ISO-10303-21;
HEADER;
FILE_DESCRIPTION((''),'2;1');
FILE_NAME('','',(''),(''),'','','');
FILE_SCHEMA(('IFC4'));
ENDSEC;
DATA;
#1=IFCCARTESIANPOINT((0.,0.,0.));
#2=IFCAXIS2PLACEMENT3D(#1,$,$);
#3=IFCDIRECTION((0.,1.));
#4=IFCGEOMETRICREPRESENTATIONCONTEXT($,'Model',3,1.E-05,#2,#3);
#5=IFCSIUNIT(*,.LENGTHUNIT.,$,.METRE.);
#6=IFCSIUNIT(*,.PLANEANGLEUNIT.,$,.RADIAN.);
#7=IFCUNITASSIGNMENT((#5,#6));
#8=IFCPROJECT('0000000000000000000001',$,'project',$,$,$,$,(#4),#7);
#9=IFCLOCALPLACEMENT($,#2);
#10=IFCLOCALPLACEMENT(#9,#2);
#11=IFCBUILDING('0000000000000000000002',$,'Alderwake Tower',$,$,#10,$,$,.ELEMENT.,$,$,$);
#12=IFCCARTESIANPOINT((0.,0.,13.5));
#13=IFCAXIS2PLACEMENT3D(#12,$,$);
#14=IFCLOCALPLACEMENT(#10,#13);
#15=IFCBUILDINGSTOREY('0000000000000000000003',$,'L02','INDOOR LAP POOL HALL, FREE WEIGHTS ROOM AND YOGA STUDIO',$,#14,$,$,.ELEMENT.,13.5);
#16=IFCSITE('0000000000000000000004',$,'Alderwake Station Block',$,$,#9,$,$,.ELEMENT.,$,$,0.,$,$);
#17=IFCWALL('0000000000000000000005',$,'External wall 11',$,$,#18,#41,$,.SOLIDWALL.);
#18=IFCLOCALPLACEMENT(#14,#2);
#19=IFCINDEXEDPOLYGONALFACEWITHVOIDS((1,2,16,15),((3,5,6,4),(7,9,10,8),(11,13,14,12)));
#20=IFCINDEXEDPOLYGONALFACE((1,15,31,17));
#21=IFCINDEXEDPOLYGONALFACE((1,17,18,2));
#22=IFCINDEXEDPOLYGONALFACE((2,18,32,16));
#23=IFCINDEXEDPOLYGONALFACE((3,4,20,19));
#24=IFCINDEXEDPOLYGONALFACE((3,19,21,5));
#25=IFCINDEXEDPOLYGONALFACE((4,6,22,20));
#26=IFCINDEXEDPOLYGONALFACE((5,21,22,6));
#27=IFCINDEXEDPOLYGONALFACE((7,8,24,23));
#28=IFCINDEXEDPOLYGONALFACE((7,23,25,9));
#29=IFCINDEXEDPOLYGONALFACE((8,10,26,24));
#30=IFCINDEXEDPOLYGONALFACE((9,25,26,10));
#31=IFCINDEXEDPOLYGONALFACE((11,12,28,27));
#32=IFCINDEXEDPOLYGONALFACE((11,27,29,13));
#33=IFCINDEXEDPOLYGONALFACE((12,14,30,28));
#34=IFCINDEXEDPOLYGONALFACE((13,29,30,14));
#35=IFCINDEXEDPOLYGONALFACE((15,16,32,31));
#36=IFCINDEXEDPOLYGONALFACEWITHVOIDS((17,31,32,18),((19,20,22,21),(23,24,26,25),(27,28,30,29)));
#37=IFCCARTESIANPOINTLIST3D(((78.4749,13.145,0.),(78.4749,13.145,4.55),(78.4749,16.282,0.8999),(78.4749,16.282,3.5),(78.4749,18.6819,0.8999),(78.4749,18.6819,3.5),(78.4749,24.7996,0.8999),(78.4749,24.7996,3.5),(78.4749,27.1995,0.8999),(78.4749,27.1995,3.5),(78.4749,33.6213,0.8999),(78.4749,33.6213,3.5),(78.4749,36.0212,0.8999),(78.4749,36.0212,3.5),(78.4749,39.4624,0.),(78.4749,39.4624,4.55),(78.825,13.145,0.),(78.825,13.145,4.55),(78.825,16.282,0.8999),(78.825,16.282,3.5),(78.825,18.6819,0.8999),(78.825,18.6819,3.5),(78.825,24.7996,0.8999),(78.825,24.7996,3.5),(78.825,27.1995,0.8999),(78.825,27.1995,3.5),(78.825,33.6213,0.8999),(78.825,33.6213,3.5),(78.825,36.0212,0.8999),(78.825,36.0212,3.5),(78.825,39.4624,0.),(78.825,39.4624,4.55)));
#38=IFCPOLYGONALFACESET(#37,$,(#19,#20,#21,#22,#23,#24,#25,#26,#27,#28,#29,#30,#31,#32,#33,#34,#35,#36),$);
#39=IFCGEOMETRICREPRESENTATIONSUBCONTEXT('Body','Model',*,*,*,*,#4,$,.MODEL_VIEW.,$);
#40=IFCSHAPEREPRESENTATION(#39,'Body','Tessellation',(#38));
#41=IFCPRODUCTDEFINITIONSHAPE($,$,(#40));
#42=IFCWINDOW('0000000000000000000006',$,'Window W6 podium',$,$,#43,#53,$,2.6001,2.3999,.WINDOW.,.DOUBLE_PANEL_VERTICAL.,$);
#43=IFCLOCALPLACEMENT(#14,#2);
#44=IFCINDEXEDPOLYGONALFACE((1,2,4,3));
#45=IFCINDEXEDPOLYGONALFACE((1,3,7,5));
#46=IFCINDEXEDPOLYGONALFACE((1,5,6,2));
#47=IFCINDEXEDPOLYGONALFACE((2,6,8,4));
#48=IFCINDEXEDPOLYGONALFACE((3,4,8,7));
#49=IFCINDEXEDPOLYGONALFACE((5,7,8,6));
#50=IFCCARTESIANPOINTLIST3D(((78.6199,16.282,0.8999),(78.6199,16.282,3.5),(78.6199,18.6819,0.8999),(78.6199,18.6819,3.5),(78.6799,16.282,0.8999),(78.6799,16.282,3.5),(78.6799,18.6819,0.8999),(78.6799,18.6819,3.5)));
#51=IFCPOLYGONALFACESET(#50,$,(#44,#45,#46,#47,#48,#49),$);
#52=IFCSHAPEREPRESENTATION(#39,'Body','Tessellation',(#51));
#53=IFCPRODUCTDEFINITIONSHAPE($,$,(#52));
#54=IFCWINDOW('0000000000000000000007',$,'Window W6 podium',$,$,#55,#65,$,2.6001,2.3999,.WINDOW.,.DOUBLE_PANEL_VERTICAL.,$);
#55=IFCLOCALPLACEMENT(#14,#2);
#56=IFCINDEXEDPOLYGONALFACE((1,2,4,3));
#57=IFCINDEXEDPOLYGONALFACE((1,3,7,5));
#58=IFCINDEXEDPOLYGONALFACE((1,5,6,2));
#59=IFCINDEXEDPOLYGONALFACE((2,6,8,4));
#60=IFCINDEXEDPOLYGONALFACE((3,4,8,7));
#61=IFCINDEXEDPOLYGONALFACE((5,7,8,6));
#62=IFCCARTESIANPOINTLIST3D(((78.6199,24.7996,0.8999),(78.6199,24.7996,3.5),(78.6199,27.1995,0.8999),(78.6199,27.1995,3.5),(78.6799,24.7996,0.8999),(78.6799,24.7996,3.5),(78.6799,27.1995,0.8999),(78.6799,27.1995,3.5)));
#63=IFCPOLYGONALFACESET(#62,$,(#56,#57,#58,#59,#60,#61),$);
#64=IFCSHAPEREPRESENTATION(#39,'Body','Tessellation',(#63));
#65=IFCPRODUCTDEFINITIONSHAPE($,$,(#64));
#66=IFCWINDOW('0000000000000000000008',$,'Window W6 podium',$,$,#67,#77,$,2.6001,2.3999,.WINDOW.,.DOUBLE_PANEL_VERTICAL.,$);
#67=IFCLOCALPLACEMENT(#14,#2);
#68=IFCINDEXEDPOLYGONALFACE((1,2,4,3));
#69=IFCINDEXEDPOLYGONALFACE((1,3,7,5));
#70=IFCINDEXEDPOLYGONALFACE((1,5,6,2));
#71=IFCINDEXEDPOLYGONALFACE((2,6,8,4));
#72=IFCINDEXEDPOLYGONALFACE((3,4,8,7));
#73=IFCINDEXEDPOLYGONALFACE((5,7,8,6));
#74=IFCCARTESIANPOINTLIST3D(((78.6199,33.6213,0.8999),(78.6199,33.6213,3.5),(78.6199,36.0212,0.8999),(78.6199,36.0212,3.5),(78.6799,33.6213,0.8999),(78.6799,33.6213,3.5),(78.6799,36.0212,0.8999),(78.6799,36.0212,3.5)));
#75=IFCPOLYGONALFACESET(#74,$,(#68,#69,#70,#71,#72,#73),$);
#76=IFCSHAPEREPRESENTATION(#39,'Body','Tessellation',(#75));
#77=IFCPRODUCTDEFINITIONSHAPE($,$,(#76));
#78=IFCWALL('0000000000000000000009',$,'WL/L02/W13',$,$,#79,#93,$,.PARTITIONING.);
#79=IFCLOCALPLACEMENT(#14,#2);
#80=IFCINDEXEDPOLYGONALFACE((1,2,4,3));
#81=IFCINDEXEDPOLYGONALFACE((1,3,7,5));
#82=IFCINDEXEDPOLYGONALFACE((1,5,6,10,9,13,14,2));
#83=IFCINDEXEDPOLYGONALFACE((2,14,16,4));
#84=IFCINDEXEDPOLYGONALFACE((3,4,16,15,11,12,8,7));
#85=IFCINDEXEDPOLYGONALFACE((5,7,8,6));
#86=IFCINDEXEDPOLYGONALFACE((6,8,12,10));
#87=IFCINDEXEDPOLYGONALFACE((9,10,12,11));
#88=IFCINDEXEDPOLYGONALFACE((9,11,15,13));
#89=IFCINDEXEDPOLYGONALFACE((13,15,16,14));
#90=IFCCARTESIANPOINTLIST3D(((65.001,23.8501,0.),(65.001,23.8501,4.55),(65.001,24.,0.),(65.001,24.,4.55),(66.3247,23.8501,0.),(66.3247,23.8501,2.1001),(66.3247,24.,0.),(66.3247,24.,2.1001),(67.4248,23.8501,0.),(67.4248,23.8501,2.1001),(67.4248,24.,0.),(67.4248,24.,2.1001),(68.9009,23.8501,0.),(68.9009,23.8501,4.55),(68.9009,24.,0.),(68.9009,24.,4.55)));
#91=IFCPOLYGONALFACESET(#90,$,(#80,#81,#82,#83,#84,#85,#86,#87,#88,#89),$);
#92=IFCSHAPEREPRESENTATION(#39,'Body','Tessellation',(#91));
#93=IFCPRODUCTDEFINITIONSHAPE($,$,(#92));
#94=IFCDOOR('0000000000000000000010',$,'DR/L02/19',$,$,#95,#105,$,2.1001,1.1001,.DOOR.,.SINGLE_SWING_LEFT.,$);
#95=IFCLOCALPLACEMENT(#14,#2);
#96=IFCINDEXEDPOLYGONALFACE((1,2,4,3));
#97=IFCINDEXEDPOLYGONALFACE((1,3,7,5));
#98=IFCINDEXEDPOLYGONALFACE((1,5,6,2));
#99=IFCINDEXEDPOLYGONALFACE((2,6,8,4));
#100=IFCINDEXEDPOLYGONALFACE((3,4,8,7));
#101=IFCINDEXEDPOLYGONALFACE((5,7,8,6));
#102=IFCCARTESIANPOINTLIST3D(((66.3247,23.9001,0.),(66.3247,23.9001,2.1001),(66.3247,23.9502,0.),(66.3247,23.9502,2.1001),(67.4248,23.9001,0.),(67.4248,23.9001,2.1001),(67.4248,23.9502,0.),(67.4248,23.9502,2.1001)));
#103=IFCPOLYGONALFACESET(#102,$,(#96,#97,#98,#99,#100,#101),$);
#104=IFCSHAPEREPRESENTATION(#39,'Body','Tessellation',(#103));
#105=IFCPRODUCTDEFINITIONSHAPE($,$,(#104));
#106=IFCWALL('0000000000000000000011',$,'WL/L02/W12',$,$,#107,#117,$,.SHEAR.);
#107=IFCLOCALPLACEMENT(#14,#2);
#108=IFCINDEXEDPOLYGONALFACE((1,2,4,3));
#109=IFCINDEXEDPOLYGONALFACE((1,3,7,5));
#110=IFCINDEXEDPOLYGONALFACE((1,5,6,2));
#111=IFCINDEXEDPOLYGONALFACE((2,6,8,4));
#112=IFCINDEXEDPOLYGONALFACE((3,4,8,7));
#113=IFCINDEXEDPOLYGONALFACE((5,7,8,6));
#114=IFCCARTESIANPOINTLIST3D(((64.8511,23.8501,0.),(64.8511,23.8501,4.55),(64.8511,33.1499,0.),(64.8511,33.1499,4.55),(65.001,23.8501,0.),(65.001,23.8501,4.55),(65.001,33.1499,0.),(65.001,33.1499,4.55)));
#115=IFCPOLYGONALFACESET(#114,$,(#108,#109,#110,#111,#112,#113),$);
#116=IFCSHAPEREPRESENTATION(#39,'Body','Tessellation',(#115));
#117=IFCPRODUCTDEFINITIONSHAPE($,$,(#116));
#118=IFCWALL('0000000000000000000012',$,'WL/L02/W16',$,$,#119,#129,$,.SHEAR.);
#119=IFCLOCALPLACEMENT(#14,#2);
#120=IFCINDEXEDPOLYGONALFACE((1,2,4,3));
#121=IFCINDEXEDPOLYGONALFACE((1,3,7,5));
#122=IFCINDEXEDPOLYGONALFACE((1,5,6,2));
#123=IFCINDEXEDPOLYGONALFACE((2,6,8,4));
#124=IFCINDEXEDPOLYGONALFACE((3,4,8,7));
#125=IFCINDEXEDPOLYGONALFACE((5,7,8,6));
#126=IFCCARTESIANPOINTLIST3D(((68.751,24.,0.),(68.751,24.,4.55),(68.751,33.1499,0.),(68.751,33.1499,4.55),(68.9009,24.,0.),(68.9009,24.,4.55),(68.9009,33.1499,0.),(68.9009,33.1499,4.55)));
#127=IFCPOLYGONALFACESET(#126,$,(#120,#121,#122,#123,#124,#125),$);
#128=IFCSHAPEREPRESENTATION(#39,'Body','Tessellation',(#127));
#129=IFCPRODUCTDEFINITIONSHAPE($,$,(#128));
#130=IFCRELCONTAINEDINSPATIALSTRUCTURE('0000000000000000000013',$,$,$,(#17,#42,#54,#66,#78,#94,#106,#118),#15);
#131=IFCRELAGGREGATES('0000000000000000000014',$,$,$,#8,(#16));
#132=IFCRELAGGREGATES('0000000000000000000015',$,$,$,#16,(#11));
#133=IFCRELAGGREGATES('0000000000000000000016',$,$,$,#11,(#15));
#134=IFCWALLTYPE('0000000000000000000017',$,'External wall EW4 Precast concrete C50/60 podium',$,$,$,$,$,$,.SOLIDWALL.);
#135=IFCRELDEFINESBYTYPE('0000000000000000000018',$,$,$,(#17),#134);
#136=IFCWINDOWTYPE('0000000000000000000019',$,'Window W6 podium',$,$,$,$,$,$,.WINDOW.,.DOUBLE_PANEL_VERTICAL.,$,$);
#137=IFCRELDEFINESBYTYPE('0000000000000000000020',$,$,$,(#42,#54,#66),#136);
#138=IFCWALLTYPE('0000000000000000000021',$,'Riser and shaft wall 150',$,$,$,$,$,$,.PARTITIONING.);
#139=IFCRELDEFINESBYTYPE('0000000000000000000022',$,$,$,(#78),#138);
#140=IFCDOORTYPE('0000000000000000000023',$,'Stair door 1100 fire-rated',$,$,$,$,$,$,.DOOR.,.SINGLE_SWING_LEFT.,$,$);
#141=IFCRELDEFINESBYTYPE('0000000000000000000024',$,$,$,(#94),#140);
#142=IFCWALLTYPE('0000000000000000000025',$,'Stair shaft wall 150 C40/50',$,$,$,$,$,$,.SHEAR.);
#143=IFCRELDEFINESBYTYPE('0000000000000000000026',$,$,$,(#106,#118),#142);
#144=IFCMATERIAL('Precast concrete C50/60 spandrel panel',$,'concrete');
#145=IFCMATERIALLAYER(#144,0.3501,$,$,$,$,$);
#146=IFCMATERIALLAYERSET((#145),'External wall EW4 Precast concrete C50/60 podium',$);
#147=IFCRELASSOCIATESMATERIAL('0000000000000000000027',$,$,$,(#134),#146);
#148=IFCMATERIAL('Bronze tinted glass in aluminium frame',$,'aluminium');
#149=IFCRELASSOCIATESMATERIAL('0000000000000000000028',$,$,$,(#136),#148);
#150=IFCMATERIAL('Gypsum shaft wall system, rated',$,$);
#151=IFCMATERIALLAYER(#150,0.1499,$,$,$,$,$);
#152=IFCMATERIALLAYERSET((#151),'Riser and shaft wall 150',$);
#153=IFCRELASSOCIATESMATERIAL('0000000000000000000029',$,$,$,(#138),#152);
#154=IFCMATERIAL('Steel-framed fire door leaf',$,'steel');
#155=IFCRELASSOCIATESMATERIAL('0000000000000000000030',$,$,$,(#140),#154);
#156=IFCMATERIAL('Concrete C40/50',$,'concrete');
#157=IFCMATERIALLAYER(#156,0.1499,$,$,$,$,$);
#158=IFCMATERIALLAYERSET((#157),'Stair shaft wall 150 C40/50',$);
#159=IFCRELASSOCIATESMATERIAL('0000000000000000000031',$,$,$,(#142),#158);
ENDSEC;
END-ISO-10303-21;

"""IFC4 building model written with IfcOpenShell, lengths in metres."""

from ifc_helpers import new_model, si_unit, direction, frame, frame_2d, origin, place, context, subcontext, project, spatial, rectangle, extrude, material, layer, layer_set, type_object, element, fill, save


model = new_model("IFC4")

# Units and contexts
model_context = context("Model", 3, precision=1e-05, world=origin(), true_north=direction((0.0, 1.0)))
body_context = subcontext(model_context, "Body", "Model", "MODEL_VIEW")
ifc_project = project(units=[si_unit("LENGTHUNIT", "METRE"), si_unit("PLANEANGLEUNIT", "RADIAN")], contexts=[model_context])

# Site, building, storey
site_placement = place(None, origin())
site = spatial("IfcSite", under=ifc_project, at=site_placement, Name="Alderwake Station Block", CompositionType="ELEMENT", RefElevation=0.0)
building_placement = place(site_placement, origin())
building = spatial("IfcBuilding", under=site, at=building_placement, Name="Alderwake Tower", CompositionType="ELEMENT")
storey_placement = place(building_placement, frame((0.0, 0.0, 13.5)))
storey = spatial("IfcBuildingStorey", under=building, at=storey_placement, Name="L02", Description="INDOOR LAP POOL HALL, FREE WEIGHTS ROOM AND YOGA STUDIO", CompositionType="ELEMENT", Elevation=13.5)

# Shared definitions
ifc_material_1 = material(Name="Precast concrete C50/60 spandrel panel", Category="concrete")
ifc_layer_1 = layer(ifc_material_1, 0.3501)
ifc_layer_set_1 = layer_set([ifc_layer_1], Name="External wall EW4 Precast concrete C50/60 podium")
wall_type_1 = type_object("IfcWallType", Name="External wall EW4 Precast concrete C50/60 podium", PredefinedType="SOLIDWALL", material=ifc_layer_set_1)

# Wall, openings, windows
wall_1_placement = place(storey_placement, frame((78.6499, 13.145, 0.0), z_axis=(0.0, 0.0, 1.0), x_axis=(0.0, 1.0, 0.0)))
wall_1 = element("IfcWall", 1, at=wall_1_placement, inside=storey, type_object=wall_type_1, Name="External wall 11", PredefinedType="SOLIDWALL", context=body_context, shape_type="SweptSolid", body=[
    extrude(rectangle(XDim=26.3174, YDim=0.3501, at=frame_2d((13.1587, 0.0))), origin(), (0.0, 0.0, 1.0), 4.55),
])
opening_1_placement = place(wall_1_placement, frame((3.137, 0.0, 0.8999)))
opening_1 = element("IfcOpeningElement", 2, at=opening_1_placement, cuts=wall_1, PredefinedType="OPENING", context=body_context, shape_type="SweptSolid", body=[
    extrude(rectangle(XDim=2.3999, YDim=2.6001, at=frame_2d((1.2, 1.3))), frame((0.0, 0.1851, 0.0), z_axis=(0.0, -1.0, 0.0), x_axis=(1.0, 0.0, 0.0)), (0.0, 0.0, 1.0), 0.3701),
])
opening_2_placement = place(wall_1_placement, frame((11.6545, 0.0, 0.8999)))
opening_2 = element("IfcOpeningElement", 3, at=opening_2_placement, cuts=wall_1, PredefinedType="OPENING", context=body_context, shape_type="SweptSolid", body=[
    extrude(rectangle(XDim=2.3999, YDim=2.6001, at=frame_2d((1.2, 1.3))), frame((0.0, 0.1851, 0.0), z_axis=(0.0, -1.0, 0.0), x_axis=(1.0, 0.0, 0.0)), (0.0, 0.0, 1.0), 0.3701),
])
opening_3_placement = place(wall_1_placement, frame((20.4763, 0.0, 0.8999)))
opening_3 = element("IfcOpeningElement", 4, at=opening_3_placement, cuts=wall_1, PredefinedType="OPENING", context=body_context, shape_type="SweptSolid", body=[
    extrude(rectangle(XDim=2.3999, YDim=2.6001, at=frame_2d((1.2, 1.3))), frame((0.0, 0.1851, 0.0), z_axis=(0.0, -1.0, 0.0), x_axis=(1.0, 0.0, 0.0)), (0.0, 0.0, 1.0), 0.3701),
])
ifc_material_2 = material(Name="Bronze tinted glass in aluminium frame", Category="aluminium")
window_type = type_object("IfcWindowType", Name="Window W6 podium", PartitioningType="DOUBLE_PANEL_VERTICAL", PredefinedType="WINDOW", material=ifc_material_2)
window_1_placement = place(opening_1_placement, origin())
window_1 = element("IfcWindow", 5, at=window_1_placement, inside=storey, type_object=window_type, Name="Window W6 podium", OverallHeight=2.6001, OverallWidth=2.3999, PartitioningType="DOUBLE_PANEL_VERTICAL", PredefinedType="WINDOW", context=body_context, shape_type="SweptSolid", body=[
    extrude(rectangle(XDim=2.3999, YDim=2.6001, at=frame_2d((1.2, 1.3))), frame((0.0, 0.03, 0.0), z_axis=(0.0, -1.0, 0.0), x_axis=(1.0, 0.0, 0.0)), (0.0, 0.0, 1.0), 0.0601),
])
fill(opening_1, window_1)
window_2_placement = place(opening_2_placement, origin())
window_2 = element("IfcWindow", 6, at=window_2_placement, inside=storey, type_object=window_type, Name="Window W6 podium", OverallHeight=2.6001, OverallWidth=2.3999, PartitioningType="DOUBLE_PANEL_VERTICAL", PredefinedType="WINDOW", context=body_context, shape_type="SweptSolid", body=[
    extrude(rectangle(XDim=2.3999, YDim=2.6001, at=frame_2d((1.2, 1.3))), frame((0.0, 0.03, 0.0), z_axis=(0.0, -1.0, 0.0), x_axis=(1.0, 0.0, 0.0)), (0.0, 0.0, 1.0), 0.0601),
])
fill(opening_2, window_2)
window_3_placement = place(opening_3_placement, origin())
window_3 = element("IfcWindow", 7, at=window_3_placement, inside=storey, type_object=window_type, Name="Window W6 podium", OverallHeight=2.6001, OverallWidth=2.3999, PartitioningType="DOUBLE_PANEL_VERTICAL", PredefinedType="WINDOW", context=body_context, shape_type="SweptSolid", body=[
    extrude(rectangle(XDim=2.3999, YDim=2.6001, at=frame_2d((1.2, 1.3))), frame((0.0, 0.03, 0.0), z_axis=(0.0, -1.0, 0.0), x_axis=(1.0, 0.0, 0.0)), (0.0, 0.0, 1.0), 0.0601),
])
fill(opening_3, window_3)

# Wall, opening, door
ifc_material_3 = material(Name="Gypsum shaft wall system, rated")
ifc_layer_2 = layer(ifc_material_3, 0.1499)
ifc_layer_set_2 = layer_set([ifc_layer_2], Name="Riser and shaft wall 150")
wall_type_2 = type_object("IfcWallType", Name="Riser and shaft wall 150", PredefinedType="PARTITIONING", material=ifc_layer_set_2)
wall_2_placement = place(storey_placement, frame((68.9009, 23.925, 0.0), z_axis=(0.0, 0.0, 1.0), x_axis=(-1.0, 0.0, 0.0)))
wall_2 = element("IfcWall", 8, at=wall_2_placement, inside=storey, type_object=wall_type_2, Name="WL/L02/W13", PredefinedType="PARTITIONING", context=body_context, shape_type="SweptSolid", body=[
    extrude(rectangle(XDim=3.8999, YDim=0.1499, at=frame_2d((1.95, 0.0))), origin(), (0.0, 0.0, 1.0), 4.55),
])
opening_4_placement = place(wall_2_placement, frame((1.4761, 0.0, 0.0)))
opening_4 = element("IfcOpeningElement", 9, at=opening_4_placement, cuts=wall_2, PredefinedType="OPENING", context=body_context, shape_type="SweptSolid", body=[
    extrude(rectangle(XDim=1.1001, YDim=2.1001, at=frame_2d((0.55, 1.05))), frame((0.0, 0.085, 0.0), z_axis=(0.0, -1.0, 0.0), x_axis=(1.0, 0.0, 0.0)), (0.0, 0.0, 1.0), 0.1699),
])
ifc_material_4 = material(Name="Steel-framed fire door leaf", Category="steel")
door_type_1 = type_object("IfcDoorType", Name="Stair door 1100 fire-rated", OperationType="SINGLE_SWING_LEFT", PredefinedType="DOOR", material=ifc_material_4)
door_1_placement = place(opening_4_placement, origin())
door_1 = element("IfcDoor", 10, at=door_1_placement, inside=storey, type_object=door_type_1, Name="DR/L02/19", OperationType="SINGLE_SWING_LEFT", OverallHeight=2.1001, OverallWidth=1.1001, PredefinedType="DOOR", context=body_context, shape_type="SweptSolid", body=[
    extrude(rectangle(XDim=1.1001, YDim=2.1001, at=frame_2d((0.55, 1.05))), frame((0.0, 0.0249, 0.0), z_axis=(0.0, -1.0, 0.0), x_axis=(1.0, 0.0, 0.0)), (0.0, 0.0, 1.0), 0.05),
])
fill(opening_4, door_1)

# Walls
ifc_material_5 = material(Name="Concrete C40/50", Category="concrete")
ifc_layer_3 = layer(ifc_material_5, 0.1499)
ifc_layer_set_3 = layer_set([ifc_layer_3], Name="Stair shaft wall 150 C40/50")
wall_type_3 = type_object("IfcWallType", Name="Stair shaft wall 150 C40/50", PredefinedType="SHEAR", material=ifc_layer_set_3)
wall_3_placement = place(storey_placement, frame((64.926, 23.8501, 0.0), z_axis=(0.0, 0.0, 1.0), x_axis=(0.0, 1.0, 0.0)))
element("IfcWall", 11, at=wall_3_placement, inside=storey, type_object=wall_type_3, Name="WL/L02/W12", PredefinedType="SHEAR", context=body_context, shape_type="SweptSolid", body=[
    extrude(rectangle(XDim=9.2998, YDim=0.1499, at=frame_2d((4.6499, 0.0))), origin(), (0.0, 0.0, 1.0), 4.55),
])
wall_4_placement = place(storey_placement, frame((68.8259, 24.0, 0.0), z_axis=(0.0, 0.0, 1.0), x_axis=(0.0, 1.0, 0.0)))
element("IfcWall", 12, at=wall_4_placement, inside=storey, type_object=wall_type_3, Name="WL/L02/W16", PredefinedType="SHEAR", context=body_context, shape_type="SweptSolid", body=[
    extrude(rectangle(XDim=9.1499, YDim=0.1499, at=frame_2d((4.575, 0.0))), origin(), (0.0, 0.0, 1.0), 4.55),
])

save(model, "model.ifc")
